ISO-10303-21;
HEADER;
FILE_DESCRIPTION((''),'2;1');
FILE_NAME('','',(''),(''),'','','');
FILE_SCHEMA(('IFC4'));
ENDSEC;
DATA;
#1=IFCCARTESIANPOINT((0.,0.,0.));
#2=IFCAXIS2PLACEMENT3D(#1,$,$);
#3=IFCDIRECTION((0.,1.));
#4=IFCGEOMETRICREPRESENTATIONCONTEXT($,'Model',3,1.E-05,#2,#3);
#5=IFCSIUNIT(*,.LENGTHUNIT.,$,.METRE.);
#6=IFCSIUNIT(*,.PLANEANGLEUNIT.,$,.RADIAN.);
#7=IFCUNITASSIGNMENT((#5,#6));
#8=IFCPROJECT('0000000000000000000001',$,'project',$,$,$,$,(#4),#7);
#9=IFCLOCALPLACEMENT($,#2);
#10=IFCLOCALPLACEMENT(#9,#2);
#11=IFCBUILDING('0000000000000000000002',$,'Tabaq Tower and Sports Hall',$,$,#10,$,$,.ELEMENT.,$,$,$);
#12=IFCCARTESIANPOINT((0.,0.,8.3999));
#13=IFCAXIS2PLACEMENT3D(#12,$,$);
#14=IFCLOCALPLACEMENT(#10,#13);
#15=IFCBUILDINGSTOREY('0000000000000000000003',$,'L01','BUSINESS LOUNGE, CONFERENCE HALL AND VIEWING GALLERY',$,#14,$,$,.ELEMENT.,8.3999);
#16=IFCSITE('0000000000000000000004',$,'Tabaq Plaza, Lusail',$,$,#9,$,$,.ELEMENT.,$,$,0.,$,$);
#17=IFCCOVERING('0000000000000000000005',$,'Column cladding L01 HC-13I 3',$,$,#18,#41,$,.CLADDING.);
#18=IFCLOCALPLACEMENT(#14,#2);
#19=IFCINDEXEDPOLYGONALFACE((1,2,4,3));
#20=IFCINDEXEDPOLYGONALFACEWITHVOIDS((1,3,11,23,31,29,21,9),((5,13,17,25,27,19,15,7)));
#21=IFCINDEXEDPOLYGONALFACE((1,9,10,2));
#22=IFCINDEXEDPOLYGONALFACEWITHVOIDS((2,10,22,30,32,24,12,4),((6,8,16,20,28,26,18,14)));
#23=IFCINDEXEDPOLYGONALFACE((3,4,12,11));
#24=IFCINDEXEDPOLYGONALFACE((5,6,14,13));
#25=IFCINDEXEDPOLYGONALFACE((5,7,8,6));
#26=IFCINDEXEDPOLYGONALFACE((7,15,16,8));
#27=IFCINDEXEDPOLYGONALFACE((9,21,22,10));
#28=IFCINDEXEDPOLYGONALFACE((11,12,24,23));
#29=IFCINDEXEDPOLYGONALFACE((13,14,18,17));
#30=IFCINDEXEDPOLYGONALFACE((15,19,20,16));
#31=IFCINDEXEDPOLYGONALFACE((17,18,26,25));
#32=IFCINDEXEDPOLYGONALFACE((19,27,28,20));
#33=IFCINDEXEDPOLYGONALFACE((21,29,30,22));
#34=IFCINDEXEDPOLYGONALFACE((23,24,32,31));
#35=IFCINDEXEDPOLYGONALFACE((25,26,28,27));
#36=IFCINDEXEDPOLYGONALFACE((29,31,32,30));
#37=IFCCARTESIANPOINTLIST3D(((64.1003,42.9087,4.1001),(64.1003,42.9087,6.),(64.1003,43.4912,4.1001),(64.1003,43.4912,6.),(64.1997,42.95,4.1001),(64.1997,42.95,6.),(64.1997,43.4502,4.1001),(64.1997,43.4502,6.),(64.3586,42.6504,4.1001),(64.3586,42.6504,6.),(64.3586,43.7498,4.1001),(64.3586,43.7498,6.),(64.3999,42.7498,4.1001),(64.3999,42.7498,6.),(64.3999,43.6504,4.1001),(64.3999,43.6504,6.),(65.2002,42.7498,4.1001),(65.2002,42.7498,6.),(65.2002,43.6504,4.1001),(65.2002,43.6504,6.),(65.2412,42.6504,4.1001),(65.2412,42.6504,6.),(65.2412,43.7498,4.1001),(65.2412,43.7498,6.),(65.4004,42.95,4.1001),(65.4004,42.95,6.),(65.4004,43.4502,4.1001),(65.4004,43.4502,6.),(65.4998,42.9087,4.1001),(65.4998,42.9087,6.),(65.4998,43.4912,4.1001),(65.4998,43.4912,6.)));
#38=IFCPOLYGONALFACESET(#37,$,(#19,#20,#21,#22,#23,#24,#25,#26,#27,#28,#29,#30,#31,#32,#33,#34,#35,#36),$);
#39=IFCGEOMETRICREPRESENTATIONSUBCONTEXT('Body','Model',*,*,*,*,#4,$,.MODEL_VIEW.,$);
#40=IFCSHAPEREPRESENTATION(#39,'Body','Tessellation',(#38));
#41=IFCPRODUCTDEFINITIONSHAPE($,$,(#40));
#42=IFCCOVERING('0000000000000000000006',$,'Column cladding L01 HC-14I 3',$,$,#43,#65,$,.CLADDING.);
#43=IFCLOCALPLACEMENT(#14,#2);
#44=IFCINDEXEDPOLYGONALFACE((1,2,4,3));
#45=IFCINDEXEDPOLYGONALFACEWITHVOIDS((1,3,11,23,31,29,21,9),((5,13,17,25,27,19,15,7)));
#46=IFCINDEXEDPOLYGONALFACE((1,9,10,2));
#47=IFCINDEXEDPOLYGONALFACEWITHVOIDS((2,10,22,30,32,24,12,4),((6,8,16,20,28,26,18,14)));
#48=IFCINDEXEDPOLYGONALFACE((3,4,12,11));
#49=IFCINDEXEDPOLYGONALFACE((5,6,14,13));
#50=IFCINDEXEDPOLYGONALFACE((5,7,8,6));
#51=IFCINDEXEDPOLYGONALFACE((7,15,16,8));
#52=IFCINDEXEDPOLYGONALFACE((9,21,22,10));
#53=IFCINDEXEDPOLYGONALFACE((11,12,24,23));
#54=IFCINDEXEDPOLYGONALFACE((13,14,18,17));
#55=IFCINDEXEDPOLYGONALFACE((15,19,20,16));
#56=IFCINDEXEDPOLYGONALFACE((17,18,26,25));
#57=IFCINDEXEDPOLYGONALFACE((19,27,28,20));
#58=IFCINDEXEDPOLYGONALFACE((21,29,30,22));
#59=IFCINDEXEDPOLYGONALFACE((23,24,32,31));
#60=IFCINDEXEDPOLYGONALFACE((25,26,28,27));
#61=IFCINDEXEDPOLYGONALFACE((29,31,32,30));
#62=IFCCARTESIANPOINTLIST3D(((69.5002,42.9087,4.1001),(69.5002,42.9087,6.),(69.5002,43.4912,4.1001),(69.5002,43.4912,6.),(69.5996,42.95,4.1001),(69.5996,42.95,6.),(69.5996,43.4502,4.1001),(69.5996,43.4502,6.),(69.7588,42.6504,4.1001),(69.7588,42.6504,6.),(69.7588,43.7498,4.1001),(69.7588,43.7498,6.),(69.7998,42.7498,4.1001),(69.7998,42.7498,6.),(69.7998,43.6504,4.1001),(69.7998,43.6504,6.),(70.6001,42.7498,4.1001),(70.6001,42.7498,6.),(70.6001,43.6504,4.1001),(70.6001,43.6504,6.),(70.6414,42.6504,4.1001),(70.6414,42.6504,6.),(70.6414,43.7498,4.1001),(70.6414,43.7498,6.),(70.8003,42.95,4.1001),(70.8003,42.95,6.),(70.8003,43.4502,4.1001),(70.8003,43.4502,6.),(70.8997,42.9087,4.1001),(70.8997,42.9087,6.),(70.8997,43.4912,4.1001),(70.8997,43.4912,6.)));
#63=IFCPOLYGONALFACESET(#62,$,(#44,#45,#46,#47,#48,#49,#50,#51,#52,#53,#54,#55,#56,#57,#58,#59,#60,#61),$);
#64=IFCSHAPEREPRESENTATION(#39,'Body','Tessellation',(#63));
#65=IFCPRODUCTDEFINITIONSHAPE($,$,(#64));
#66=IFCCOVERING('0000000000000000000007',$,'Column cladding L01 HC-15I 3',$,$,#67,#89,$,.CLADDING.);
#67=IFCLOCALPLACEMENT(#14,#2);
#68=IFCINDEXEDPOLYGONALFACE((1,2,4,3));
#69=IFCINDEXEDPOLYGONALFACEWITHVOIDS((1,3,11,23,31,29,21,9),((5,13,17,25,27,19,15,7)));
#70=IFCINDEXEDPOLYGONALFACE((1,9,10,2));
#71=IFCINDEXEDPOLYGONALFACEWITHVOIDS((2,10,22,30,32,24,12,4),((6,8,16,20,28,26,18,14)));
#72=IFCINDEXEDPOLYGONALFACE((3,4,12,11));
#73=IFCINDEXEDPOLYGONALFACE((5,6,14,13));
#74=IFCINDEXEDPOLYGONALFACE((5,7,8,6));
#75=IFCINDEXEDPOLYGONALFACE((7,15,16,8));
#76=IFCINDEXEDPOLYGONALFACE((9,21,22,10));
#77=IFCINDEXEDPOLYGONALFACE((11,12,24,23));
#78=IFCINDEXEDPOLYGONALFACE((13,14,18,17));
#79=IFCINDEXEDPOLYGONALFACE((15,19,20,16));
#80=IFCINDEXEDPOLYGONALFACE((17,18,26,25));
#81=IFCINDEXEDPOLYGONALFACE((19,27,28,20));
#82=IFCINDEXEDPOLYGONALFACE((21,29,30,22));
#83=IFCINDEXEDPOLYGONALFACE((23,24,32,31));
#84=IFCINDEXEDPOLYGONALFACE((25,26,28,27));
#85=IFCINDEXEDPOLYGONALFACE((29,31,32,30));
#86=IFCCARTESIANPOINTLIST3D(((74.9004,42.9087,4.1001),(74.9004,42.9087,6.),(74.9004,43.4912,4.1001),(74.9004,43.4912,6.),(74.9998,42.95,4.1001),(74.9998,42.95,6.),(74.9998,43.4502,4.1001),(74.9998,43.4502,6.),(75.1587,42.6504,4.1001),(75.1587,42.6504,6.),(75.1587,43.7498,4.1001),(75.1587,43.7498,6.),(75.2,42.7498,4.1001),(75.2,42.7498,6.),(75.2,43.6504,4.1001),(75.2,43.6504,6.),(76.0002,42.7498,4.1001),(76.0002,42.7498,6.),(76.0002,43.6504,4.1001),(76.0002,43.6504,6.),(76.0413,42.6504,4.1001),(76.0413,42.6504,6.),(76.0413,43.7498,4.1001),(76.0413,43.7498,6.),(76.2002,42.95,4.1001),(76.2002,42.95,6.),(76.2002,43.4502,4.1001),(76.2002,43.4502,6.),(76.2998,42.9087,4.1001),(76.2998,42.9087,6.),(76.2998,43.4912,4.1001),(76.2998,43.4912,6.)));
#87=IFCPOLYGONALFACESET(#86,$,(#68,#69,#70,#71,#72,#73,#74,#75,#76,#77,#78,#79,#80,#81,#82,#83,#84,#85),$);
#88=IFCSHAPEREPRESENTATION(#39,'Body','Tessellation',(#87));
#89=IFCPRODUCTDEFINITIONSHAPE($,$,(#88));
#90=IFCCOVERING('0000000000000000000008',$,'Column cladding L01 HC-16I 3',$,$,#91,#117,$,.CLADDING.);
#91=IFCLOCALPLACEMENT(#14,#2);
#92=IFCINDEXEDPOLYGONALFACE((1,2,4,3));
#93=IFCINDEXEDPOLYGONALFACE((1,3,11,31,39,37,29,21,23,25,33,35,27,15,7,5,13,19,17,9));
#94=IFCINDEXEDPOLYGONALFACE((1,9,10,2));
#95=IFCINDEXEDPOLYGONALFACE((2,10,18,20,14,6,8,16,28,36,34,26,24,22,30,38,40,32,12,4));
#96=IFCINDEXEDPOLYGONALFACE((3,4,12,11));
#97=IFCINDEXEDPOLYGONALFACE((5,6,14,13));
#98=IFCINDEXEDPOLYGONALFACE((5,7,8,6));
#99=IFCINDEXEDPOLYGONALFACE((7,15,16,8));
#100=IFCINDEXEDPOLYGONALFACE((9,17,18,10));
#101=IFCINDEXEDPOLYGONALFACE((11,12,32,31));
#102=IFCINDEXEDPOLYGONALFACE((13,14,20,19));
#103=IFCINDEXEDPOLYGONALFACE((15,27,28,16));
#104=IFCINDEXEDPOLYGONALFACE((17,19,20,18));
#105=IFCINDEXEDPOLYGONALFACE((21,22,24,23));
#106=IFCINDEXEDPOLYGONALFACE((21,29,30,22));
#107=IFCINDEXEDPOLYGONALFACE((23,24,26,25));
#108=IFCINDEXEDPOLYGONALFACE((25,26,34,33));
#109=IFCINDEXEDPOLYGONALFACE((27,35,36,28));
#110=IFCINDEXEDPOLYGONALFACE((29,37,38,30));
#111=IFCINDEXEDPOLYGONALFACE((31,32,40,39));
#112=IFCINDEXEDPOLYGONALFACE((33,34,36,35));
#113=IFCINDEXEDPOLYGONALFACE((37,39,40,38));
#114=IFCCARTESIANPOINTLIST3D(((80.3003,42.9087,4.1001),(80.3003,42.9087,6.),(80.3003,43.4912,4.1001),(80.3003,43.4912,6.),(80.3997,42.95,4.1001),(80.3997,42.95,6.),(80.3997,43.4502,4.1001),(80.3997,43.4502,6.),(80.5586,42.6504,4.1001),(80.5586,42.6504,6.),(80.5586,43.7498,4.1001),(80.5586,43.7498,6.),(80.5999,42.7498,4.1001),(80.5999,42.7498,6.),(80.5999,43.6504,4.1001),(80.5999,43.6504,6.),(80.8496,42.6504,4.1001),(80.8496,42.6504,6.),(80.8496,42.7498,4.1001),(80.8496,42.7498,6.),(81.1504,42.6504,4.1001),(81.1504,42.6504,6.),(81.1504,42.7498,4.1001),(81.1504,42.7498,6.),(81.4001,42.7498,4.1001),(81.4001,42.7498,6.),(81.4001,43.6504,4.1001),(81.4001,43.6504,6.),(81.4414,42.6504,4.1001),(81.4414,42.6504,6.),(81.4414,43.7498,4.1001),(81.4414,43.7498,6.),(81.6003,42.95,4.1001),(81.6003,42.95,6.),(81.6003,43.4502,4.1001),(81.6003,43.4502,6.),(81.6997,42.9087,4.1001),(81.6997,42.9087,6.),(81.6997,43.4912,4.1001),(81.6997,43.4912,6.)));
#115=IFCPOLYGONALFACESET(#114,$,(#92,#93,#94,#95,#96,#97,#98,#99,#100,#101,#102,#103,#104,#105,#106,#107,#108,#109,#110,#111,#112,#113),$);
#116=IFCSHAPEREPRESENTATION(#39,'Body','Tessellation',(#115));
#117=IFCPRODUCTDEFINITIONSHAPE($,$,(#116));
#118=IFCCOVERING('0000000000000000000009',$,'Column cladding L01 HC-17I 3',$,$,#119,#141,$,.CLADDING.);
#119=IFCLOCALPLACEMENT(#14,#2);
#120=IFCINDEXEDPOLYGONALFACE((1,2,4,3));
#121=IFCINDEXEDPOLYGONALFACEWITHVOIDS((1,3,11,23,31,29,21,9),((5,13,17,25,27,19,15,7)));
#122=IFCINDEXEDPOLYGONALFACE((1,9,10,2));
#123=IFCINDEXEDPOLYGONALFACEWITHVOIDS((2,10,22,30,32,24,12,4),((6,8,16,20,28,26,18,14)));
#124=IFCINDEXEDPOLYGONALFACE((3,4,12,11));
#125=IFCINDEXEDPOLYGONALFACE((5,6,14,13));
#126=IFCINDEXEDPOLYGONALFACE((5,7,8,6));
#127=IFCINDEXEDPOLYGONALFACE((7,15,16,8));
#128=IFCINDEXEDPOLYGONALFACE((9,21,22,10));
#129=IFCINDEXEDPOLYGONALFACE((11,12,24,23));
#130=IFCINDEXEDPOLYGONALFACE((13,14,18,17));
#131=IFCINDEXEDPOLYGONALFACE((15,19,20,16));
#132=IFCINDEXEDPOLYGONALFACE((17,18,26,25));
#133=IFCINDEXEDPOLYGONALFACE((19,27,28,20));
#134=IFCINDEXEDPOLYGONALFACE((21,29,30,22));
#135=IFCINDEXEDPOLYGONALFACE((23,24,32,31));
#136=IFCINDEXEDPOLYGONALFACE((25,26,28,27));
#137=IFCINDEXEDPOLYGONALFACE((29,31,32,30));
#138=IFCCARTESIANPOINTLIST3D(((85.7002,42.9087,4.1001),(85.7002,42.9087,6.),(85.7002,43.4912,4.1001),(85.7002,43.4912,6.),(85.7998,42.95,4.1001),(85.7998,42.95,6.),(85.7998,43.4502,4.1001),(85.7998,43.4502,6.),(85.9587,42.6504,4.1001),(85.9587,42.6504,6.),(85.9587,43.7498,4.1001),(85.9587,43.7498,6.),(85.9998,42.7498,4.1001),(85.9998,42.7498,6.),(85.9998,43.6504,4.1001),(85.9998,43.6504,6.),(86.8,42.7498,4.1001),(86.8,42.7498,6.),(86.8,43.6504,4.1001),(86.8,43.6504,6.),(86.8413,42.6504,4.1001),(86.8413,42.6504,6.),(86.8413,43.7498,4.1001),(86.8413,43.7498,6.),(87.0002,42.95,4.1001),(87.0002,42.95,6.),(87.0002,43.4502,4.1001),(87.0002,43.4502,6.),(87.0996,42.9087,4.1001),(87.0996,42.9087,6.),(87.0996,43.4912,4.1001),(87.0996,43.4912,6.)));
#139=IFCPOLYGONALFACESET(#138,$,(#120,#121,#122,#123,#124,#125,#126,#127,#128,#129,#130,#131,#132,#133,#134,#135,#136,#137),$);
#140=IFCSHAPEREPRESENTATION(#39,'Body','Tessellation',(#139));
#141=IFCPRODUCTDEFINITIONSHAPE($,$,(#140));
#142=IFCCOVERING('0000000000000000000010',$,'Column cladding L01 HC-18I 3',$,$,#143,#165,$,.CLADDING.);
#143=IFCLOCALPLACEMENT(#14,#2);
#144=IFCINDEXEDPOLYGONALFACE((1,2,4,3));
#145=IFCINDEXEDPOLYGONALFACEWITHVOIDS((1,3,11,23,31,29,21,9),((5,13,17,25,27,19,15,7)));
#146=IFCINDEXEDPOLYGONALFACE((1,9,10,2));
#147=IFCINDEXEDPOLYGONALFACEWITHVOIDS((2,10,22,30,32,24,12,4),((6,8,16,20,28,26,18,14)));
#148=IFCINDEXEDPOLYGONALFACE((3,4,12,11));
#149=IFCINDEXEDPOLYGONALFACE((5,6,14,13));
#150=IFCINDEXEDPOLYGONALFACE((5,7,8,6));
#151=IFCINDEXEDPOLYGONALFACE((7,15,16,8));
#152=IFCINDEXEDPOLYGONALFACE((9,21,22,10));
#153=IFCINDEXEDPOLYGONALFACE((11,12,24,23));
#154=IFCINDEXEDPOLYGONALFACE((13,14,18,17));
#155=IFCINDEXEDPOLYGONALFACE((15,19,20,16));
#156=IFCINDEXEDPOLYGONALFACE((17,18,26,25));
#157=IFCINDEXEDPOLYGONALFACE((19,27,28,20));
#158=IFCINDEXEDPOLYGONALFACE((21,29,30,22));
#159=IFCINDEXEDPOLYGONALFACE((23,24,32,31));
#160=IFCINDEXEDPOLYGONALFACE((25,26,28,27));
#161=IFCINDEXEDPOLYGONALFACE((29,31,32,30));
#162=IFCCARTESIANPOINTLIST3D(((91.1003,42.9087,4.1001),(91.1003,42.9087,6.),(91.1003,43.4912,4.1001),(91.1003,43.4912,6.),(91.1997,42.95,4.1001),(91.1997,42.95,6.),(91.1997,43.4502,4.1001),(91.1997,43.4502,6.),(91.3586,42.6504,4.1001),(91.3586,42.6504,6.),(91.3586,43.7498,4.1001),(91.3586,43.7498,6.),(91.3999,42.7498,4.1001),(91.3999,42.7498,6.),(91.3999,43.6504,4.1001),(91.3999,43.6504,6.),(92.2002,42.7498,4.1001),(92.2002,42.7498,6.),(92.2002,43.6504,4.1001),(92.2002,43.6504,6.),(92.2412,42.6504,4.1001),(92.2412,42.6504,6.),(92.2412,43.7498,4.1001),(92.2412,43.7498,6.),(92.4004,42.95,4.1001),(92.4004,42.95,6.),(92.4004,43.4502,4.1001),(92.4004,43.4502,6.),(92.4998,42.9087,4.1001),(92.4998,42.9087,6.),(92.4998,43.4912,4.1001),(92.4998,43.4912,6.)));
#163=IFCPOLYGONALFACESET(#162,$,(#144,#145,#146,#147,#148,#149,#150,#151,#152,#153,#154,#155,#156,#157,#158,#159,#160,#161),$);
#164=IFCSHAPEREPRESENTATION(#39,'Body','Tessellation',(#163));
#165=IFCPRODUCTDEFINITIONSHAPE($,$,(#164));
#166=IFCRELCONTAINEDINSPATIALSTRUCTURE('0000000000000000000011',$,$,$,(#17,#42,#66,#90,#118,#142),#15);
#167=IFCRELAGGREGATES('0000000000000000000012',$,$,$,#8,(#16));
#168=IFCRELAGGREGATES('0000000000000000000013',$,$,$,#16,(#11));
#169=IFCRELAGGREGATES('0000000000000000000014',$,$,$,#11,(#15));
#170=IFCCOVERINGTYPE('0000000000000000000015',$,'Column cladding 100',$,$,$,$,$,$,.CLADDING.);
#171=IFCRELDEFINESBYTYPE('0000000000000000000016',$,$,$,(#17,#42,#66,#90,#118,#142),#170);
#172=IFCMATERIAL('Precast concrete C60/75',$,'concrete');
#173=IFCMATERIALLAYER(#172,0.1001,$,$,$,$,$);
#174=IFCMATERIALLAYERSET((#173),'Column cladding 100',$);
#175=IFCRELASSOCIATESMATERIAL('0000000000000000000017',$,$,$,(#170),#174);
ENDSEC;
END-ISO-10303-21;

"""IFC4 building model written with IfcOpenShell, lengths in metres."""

from ifc_helpers import new_model, si_unit, direction, frame, origin, place, context, subcontext, project, spatial, polyline, outline, extrude, material, layer, layer_set, type_object, element, save


model = new_model("IFC4")

# Units and contexts
model_context = context("Model", 3, precision=1e-05, world=origin(), true_north=direction((0.0, 1.0)))
body_context = subcontext(model_context, "Body", "Model", "MODEL_VIEW")
ifc_project = project(units=[si_unit("LENGTHUNIT", "METRE"), si_unit("PLANEANGLEUNIT", "RADIAN")], contexts=[model_context])

# Site, building, storey
site_placement = place(None, origin())
site = spatial("IfcSite", under=ifc_project, at=site_placement, Name="Tabaq Plaza, Lusail", CompositionType="ELEMENT", RefElevation=0.0)
building_placement = place(site_placement, origin())
building = spatial("IfcBuilding", under=site, at=building_placement, Name="Tabaq Tower and Sports Hall", CompositionType="ELEMENT")
storey_placement = place(building_placement, frame((0.0, 0.0, 8.3999)))
storey = spatial("IfcBuildingStorey", under=building, at=storey_placement, Name="L01", Description="BUSINESS LOUNGE, CONFERENCE HALL AND VIEWING GALLERY", CompositionType="ELEMENT", Elevation=8.3999)

# Coverings
ifc_material_1 = material(Name="Precast concrete C60/75", Category="concrete")
ifc_layer_1 = layer(ifc_material_1, 0.1001)
ifc_layer_set_1 = layer_set([ifc_layer_1], Name="Column cladding 100")
covering_type = type_object("IfcCoveringType", Name="Column cladding 100", PredefinedType="CLADDING", material=ifc_layer_set_1)
covering_1_placement = place(storey_placement, frame((0.0, 0.0, 4.1001)))
element("IfcCovering", 1, at=covering_1_placement, inside=storey, type_object=covering_type, Name="Column cladding L01 HC-13I 3", PredefinedType="CLADDING", context=body_context, shape_type="SweptSolid", body=[
    extrude(outline(polyline([(64.1003, 42.9087), (64.1003, 43.4912), (64.3586, 43.7498), (65.2412, 43.7498), (65.4998, 43.4912), (65.4998, 42.9087), (65.2412, 42.6504), (64.3586, 42.6504), (64.1003, 42.9087)]), holes=[polyline([(65.2002, 42.7498), (65.4004, 42.95), (65.4004, 43.4502), (65.2002, 43.6504), (64.3999, 43.6504), (64.1997, 43.4502), (64.1997, 42.95), (64.3999, 42.7498), (65.2002, 42.7498)])]), origin(), (0.0, 0.0, 1.0), 1.8999),
])
covering_2_placement = place(storey_placement, frame((0.0, 0.0, 4.1001)))
element("IfcCovering", 2, at=covering_2_placement, inside=storey, type_object=covering_type, Name="Column cladding L01 HC-14I 3", PredefinedType="CLADDING", context=body_context, shape_type="SweptSolid", body=[
    extrude(outline(polyline([(69.5002, 42.9087), (69.5002, 43.4912), (69.7588, 43.7498), (70.6414, 43.7498), (70.8997, 43.4912), (70.8997, 42.9087), (70.6414, 42.6504), (69.7588, 42.6504), (69.5002, 42.9087)]), holes=[polyline([(70.6001, 42.7498), (70.8003, 42.95), (70.8003, 43.4502), (70.6001, 43.6504), (69.7998, 43.6504), (69.5996, 43.4502), (69.5996, 42.95), (69.7998, 42.7498), (70.6001, 42.7498)])]), origin(), (0.0, 0.0, 1.0), 1.8999),
])
covering_3_placement = place(storey_placement, frame((0.0, 0.0, 4.1001)))
element("IfcCovering", 3, at=covering_3_placement, inside=storey, type_object=covering_type, Name="Column cladding L01 HC-15I 3", PredefinedType="CLADDING", context=body_context, shape_type="SweptSolid", body=[
    extrude(outline(polyline([(74.9004, 42.9087), (74.9004, 43.4912), (75.1587, 43.7498), (76.0413, 43.7498), (76.2998, 43.4912), (76.2998, 42.9087), (76.0413, 42.6504), (75.1587, 42.6504), (74.9004, 42.9087)]), holes=[polyline([(76.0002, 42.7498), (76.2002, 42.95), (76.2002, 43.4502), (76.0002, 43.6504), (75.2, 43.6504), (74.9998, 43.4502), (74.9998, 42.95), (75.2, 42.7498), (76.0002, 42.7498)])]), origin(), (0.0, 0.0, 1.0), 1.8999),
])
covering_4_placement = place(storey_placement, frame((0.0, 0.0, 4.1001)))
element("IfcCovering", 4, at=covering_4_placement, inside=storey, type_object=covering_type, Name="Column cladding L01 HC-16I 3", PredefinedType="CLADDING", context=body_context, shape_type="SweptSolid", body=[
    extrude(outline(polyline([(80.3003, 43.4912), (80.5586, 43.7498), (81.4414, 43.7498), (81.6997, 43.4912), (81.6997, 42.9087), (81.4414, 42.6504), (81.1504, 42.6504), (81.1504, 42.7498), (81.4001, 42.7498), (81.6003, 42.95), (81.6003, 43.4502), (81.4001, 43.6504), (80.5999, 43.6504), (80.3997, 43.4502), (80.3997, 42.95), (80.5999, 42.7498), (80.8496, 42.7498), (80.8496, 42.6504), (80.5586, 42.6504), (80.3003, 42.9087), (80.3003, 43.4912)])), origin(), (0.0, 0.0, 1.0), 1.8999),
])
covering_5_placement = place(storey_placement, frame((0.0, 0.0, 4.1001)))
element("IfcCovering", 5, at=covering_5_placement, inside=storey, type_object=covering_type, Name="Column cladding L01 HC-17I 3", PredefinedType="CLADDING", context=body_context, shape_type="SweptSolid", body=[
    extrude(outline(polyline([(85.7002, 42.9087), (85.7002, 43.4912), (85.9587, 43.7498), (86.8413, 43.7498), (87.0996, 43.4912), (87.0996, 42.9087), (86.8413, 42.6504), (85.9587, 42.6504), (85.7002, 42.9087)]), holes=[polyline([(86.8, 42.7498), (87.0002, 42.95), (87.0002, 43.4502), (86.8, 43.6504), (85.9998, 43.6504), (85.7998, 43.4502), (85.7998, 42.95), (85.9998, 42.7498), (86.8, 42.7498)])]), origin(), (0.0, 0.0, 1.0), 1.8999),
])
covering_6_placement = place(storey_placement, frame((0.0, 0.0, 4.1001)))
element("IfcCovering", 6, at=covering_6_placement, inside=storey, type_object=covering_type, Name="Column cladding L01 HC-18I 3", PredefinedType="CLADDING", context=body_context, shape_type="SweptSolid", body=[
    extrude(outline(polyline([(91.1003, 42.9087), (91.1003, 43.4912), (91.3586, 43.7498), (92.2412, 43.7498), (92.4998, 43.4912), (92.4998, 42.9087), (92.2412, 42.6504), (91.3586, 42.6504), (91.1003, 42.9087)]), holes=[polyline([(92.2002, 42.7498), (92.4004, 42.95), (92.4004, 43.4502), (92.2002, 43.6504), (91.3999, 43.6504), (91.1997, 43.4502), (91.1997, 42.95), (91.3999, 42.7498), (92.2002, 42.7498)])]), origin(), (0.0, 0.0, 1.0), 1.8999),
])

save(model, "model.ifc")
